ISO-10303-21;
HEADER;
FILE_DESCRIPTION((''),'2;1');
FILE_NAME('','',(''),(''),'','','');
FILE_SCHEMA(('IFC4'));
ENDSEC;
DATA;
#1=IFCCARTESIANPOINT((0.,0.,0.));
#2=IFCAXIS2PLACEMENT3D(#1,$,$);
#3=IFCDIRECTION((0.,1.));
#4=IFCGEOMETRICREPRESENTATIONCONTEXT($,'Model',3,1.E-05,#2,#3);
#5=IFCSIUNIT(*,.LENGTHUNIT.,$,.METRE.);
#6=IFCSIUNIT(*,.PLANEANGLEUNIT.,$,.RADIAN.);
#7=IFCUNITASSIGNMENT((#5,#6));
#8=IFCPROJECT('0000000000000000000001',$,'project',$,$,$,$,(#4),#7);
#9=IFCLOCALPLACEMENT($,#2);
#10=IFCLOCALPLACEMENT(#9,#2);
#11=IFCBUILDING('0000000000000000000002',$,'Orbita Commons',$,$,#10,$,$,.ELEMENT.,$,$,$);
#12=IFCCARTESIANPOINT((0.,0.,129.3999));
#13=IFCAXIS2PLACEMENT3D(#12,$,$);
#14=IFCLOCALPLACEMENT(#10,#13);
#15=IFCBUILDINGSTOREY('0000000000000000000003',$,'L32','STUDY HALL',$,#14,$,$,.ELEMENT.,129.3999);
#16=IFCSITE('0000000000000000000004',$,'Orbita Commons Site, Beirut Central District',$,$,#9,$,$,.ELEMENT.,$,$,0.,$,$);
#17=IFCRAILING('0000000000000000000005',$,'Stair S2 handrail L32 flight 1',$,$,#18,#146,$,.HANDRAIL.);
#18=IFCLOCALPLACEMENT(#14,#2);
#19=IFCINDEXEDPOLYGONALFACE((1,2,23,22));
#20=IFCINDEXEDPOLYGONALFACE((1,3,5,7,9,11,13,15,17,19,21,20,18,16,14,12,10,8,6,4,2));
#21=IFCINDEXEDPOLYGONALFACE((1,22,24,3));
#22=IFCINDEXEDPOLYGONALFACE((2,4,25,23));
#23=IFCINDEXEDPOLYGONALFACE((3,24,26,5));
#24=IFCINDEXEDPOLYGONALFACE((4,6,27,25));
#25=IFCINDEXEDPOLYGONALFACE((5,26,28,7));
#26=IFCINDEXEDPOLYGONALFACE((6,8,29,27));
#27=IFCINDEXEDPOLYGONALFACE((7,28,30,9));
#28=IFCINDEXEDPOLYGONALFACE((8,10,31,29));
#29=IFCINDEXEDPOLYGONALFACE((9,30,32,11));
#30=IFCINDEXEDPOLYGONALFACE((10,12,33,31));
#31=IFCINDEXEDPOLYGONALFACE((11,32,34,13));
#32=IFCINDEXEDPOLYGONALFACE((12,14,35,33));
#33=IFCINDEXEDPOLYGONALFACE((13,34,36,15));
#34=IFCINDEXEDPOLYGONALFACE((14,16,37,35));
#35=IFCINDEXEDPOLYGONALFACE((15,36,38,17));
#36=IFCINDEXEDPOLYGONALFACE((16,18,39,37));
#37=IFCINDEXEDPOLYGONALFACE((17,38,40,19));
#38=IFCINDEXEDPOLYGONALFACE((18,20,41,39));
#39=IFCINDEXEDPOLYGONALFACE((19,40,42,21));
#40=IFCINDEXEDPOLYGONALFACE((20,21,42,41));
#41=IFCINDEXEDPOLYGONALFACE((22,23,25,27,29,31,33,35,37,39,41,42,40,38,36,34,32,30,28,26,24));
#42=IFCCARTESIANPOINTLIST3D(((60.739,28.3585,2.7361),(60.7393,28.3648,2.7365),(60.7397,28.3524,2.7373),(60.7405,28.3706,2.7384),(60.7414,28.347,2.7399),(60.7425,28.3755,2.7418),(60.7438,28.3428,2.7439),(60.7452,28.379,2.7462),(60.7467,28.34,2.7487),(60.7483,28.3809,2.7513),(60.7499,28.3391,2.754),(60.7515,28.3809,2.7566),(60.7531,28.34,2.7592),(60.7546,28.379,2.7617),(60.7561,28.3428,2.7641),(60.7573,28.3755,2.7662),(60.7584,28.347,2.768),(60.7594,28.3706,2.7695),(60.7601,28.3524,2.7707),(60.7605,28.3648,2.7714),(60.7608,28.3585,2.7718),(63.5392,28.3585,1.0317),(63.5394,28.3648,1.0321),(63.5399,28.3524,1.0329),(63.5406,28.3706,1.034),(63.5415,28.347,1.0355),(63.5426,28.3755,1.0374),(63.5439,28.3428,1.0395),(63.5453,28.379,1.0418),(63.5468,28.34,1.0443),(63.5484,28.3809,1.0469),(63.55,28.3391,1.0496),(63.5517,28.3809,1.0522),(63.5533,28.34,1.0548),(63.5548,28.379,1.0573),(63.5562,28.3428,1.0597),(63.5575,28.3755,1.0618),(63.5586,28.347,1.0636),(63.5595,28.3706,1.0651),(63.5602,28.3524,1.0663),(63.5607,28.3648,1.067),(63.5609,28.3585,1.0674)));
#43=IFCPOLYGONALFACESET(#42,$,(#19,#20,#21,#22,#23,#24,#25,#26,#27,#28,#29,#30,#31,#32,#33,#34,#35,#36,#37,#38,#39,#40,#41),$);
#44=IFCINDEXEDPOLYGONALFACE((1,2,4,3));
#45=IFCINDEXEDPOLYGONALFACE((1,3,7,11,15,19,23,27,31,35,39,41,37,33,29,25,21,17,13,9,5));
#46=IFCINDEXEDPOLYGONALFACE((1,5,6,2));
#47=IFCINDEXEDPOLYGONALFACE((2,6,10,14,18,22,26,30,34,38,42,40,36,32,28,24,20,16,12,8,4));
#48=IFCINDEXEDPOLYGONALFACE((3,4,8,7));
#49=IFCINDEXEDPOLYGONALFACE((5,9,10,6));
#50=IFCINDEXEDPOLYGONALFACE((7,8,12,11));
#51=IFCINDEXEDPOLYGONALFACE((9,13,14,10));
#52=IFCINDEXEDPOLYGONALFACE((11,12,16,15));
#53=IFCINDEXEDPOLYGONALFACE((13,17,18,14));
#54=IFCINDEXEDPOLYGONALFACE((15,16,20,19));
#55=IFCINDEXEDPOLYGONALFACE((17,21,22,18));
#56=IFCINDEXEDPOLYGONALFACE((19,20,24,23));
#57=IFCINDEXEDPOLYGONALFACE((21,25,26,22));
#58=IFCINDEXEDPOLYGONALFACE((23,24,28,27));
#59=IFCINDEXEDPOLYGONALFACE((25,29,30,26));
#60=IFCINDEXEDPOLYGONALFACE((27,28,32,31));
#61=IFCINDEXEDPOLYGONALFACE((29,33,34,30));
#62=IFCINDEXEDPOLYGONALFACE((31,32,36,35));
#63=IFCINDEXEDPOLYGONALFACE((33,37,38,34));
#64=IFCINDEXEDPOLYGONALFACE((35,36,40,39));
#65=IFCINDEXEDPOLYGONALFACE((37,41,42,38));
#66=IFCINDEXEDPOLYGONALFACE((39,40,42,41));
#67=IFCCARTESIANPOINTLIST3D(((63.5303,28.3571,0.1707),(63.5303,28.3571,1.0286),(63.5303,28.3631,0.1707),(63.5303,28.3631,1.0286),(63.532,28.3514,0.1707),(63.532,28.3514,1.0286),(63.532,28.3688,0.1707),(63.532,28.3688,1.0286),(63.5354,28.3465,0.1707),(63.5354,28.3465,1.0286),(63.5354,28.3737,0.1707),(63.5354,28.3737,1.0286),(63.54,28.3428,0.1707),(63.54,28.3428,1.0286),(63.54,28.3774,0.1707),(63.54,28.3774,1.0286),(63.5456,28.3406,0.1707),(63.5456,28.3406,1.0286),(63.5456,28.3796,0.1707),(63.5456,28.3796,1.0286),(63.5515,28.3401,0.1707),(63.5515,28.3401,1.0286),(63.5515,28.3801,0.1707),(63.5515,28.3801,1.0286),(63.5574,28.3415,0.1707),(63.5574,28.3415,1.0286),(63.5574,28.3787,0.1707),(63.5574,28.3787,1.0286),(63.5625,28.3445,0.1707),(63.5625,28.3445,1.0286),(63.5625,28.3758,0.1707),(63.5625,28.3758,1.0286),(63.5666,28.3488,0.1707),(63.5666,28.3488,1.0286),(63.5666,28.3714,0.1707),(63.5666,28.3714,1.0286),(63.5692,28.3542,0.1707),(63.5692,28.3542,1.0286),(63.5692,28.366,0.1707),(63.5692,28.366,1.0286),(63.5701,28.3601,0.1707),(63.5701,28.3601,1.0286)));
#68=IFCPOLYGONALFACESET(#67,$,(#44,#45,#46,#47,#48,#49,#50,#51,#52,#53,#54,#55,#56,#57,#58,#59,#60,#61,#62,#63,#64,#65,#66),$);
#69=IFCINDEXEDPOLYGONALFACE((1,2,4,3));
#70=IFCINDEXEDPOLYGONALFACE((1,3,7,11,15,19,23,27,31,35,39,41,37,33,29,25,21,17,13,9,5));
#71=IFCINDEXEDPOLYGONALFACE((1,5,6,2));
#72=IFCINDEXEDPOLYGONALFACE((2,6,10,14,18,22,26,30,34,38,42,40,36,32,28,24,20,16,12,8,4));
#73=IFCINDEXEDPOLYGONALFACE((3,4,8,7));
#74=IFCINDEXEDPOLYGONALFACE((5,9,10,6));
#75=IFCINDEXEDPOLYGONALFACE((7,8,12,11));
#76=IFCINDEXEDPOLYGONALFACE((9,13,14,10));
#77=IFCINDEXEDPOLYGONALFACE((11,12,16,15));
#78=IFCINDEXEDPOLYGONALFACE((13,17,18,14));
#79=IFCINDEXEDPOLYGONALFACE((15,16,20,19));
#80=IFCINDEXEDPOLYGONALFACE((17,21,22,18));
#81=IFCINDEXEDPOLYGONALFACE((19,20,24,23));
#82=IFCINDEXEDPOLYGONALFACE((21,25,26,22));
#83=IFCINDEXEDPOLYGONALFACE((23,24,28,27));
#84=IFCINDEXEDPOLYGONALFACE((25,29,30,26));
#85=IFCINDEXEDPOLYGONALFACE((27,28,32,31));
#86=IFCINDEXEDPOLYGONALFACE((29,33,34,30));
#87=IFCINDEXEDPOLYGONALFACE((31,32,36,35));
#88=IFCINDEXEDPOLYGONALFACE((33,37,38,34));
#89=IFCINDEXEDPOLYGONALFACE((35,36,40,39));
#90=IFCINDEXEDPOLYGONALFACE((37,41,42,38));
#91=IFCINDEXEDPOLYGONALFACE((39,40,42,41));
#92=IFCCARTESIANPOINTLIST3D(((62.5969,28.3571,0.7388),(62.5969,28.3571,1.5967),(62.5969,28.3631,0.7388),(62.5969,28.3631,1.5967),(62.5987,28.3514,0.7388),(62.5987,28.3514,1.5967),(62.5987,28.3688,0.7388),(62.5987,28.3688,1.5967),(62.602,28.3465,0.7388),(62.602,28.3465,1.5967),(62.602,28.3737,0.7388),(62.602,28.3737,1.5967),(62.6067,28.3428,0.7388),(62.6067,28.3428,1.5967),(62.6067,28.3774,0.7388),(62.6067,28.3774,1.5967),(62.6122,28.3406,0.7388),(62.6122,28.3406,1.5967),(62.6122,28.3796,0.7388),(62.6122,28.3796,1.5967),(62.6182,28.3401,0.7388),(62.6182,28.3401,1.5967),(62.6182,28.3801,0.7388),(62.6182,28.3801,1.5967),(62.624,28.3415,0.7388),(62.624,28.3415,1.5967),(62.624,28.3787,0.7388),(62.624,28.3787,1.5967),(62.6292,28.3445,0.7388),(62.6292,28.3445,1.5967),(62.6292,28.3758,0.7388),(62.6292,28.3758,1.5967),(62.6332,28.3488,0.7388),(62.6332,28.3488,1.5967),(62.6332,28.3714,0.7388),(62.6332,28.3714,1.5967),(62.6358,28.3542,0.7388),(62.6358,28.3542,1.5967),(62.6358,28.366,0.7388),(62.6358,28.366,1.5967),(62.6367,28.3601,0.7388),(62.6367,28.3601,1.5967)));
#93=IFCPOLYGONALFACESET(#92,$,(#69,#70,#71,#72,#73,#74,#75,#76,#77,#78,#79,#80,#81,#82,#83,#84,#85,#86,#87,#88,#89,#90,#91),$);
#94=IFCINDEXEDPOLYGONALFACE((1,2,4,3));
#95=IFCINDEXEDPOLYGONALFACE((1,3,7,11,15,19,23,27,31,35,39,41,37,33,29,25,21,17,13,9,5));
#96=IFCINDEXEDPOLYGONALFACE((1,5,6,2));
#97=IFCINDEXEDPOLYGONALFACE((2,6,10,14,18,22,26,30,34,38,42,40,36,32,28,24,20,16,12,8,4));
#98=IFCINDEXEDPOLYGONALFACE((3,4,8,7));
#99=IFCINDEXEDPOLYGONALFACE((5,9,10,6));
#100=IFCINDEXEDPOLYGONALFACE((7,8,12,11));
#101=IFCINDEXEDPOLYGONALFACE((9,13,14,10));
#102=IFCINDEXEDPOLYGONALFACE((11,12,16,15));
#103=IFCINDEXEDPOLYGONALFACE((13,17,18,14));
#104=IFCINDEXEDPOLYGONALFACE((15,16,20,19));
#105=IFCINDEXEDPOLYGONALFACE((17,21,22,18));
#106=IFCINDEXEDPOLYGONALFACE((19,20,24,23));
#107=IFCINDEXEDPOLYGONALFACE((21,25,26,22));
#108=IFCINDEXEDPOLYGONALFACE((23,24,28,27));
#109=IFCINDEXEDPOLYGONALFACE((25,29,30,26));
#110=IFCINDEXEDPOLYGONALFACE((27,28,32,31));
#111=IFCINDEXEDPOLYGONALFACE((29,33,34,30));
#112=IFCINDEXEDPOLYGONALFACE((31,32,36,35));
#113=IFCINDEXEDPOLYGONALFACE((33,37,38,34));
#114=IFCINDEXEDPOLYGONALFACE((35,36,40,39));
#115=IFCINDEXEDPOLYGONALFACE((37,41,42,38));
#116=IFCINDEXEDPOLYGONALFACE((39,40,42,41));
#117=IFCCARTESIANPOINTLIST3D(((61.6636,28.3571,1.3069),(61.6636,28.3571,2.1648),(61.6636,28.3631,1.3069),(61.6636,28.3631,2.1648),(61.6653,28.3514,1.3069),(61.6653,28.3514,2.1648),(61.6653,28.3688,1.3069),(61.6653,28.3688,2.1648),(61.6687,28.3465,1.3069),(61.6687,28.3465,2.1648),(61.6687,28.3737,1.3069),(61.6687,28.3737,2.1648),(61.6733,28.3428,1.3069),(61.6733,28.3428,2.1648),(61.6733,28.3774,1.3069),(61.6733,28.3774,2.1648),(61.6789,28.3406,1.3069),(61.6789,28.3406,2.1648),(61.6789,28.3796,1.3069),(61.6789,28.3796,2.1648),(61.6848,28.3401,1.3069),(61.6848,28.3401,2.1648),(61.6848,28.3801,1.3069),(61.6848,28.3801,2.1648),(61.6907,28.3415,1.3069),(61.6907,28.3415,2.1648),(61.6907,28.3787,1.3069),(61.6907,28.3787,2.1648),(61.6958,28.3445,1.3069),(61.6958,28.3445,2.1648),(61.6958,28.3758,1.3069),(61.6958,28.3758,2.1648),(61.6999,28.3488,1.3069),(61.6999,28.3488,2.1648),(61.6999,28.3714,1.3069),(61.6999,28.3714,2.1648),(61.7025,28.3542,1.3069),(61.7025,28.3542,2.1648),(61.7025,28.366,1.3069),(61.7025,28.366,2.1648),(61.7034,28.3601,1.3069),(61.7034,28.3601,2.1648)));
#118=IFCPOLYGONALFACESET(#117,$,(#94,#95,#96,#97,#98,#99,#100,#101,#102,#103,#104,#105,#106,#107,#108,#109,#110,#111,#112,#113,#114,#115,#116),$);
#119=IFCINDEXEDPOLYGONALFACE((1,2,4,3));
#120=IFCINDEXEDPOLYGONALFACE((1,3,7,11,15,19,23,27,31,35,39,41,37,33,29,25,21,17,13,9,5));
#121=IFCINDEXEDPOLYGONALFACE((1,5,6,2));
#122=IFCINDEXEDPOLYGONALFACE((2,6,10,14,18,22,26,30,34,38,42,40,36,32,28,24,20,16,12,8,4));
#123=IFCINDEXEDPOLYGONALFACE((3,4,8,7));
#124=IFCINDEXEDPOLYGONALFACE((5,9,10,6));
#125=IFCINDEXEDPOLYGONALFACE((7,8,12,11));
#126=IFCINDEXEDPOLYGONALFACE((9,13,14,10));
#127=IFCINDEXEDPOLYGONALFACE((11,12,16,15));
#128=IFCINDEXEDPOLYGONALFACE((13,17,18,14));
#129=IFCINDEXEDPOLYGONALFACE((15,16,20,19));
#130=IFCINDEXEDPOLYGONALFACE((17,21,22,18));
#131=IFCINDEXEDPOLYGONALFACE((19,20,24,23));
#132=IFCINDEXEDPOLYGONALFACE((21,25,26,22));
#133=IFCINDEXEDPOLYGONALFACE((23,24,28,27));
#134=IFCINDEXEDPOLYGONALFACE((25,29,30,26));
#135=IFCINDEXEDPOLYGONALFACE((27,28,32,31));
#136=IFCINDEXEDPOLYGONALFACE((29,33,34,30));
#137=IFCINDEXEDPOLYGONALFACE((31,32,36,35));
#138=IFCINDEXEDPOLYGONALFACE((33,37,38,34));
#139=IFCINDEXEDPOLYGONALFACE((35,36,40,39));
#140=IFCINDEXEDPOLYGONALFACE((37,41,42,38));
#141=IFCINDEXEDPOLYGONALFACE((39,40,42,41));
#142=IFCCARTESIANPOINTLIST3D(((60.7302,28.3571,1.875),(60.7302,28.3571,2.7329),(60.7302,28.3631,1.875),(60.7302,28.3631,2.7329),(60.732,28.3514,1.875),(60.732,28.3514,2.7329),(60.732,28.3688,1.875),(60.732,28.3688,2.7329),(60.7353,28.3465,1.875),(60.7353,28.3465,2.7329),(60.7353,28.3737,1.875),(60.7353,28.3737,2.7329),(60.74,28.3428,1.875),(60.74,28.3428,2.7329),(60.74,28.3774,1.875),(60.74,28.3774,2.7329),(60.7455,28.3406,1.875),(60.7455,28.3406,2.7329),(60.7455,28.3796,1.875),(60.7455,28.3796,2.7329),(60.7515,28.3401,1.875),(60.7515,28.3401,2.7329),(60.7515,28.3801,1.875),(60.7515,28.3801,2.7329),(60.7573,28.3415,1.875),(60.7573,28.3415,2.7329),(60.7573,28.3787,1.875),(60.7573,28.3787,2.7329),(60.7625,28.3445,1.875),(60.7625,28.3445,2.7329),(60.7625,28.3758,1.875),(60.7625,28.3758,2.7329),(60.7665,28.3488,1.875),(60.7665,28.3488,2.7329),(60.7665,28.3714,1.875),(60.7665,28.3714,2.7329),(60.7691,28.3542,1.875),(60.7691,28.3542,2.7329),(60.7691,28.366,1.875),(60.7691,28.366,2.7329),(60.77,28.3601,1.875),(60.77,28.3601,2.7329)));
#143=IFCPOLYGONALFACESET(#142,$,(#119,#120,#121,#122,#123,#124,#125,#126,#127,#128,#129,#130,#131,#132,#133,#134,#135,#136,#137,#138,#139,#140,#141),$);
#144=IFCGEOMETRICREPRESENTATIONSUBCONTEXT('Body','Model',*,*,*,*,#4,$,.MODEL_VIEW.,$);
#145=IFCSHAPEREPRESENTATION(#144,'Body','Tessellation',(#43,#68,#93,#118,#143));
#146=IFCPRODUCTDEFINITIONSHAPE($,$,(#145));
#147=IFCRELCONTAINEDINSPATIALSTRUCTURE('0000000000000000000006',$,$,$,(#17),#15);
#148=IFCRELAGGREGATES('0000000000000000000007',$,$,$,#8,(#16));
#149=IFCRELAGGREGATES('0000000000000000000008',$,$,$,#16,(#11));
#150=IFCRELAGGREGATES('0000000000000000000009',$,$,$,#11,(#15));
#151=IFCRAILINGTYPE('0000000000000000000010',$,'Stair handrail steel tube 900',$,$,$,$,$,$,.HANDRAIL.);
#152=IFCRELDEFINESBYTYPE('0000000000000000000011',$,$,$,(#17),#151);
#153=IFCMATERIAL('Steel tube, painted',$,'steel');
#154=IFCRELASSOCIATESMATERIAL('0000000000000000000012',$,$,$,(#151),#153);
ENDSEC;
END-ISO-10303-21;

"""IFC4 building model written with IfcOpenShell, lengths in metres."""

from ifc_helpers import new_model, si_unit, direction, frame, origin, origin_2d, place, context, subcontext, project, spatial, circle, extrude, material, type_object, element, save


model = new_model("IFC4")

# Units and contexts
model_context = context("Model", 3, precision=1e-05, world=origin(), true_north=direction((0.0, 1.0)))
body_context = subcontext(model_context, "Body", "Model", "MODEL_VIEW")
ifc_project = project(units=[si_unit("LENGTHUNIT", "METRE"), si_unit("PLANEANGLEUNIT", "RADIAN")], contexts=[model_context])

# Site, building, storey
site_placement = place(None, origin())
site = spatial("IfcSite", under=ifc_project, at=site_placement, Name="Orbita Commons Site, Beirut Central District", CompositionType="ELEMENT", RefElevation=0.0)
building_placement = place(site_placement, origin())
building = spatial("IfcBuilding", under=site, at=building_placement, Name="Orbita Commons", CompositionType="ELEMENT")
storey_placement = place(building_placement, frame((0.0, 0.0, 129.3999)))
storey = spatial("IfcBuildingStorey", under=building, at=storey_placement, Name="L32", Description="STUDY HALL", CompositionType="ELEMENT", Elevation=129.3999)

# Railing
ifc_material_1 = material(Name="Steel tube, painted", Category="steel")
railing_type = type_object("IfcRailingType", Name="Stair handrail steel tube 900", PredefinedType="HANDRAIL", material=ifc_material_1)
for number, where, name in (
    (1, (63.55, 28.3601, 0.1707), "Stair S2 handrail L32 flight 1"),
):
    element("IfcRailing", number, at=place(storey_placement, frame(where)), inside=storey, type_object=railing_type, Name=name, PredefinedType="HANDRAIL", context=body_context, shape_type="SweptSolid", body=[
        extrude(circle(Radius=0.021, at=origin_2d()), frame((0.0, 0.0, 0.8789), z_axis=(-0.854203, 0.0, 0.51994), x_axis=(0.0, -1.0, 0.0)), (0.0, 0.0, 1.0), 3.2781),
        extrude(circle(Radius=0.02, at=origin_2d()), origin(), (0.0, 0.0, 1.0), 0.8579),
        extrude(circle(Radius=0.02, at=origin_2d()), frame((-0.9333, 0.0, 0.5681)), (0.0, 0.0, 1.0), 0.8579),
        extrude(circle(Radius=0.02, at=origin_2d()), frame((-1.8667, 0.0, 1.1362)), (0.0, 0.0, 1.0), 0.8579),
        extrude(circle(Radius=0.02, at=origin_2d()), frame((-2.8, 0.0, 1.7043)), (0.0, 0.0, 1.0), 0.8579),
    ])

save(model, "model.ifc")
